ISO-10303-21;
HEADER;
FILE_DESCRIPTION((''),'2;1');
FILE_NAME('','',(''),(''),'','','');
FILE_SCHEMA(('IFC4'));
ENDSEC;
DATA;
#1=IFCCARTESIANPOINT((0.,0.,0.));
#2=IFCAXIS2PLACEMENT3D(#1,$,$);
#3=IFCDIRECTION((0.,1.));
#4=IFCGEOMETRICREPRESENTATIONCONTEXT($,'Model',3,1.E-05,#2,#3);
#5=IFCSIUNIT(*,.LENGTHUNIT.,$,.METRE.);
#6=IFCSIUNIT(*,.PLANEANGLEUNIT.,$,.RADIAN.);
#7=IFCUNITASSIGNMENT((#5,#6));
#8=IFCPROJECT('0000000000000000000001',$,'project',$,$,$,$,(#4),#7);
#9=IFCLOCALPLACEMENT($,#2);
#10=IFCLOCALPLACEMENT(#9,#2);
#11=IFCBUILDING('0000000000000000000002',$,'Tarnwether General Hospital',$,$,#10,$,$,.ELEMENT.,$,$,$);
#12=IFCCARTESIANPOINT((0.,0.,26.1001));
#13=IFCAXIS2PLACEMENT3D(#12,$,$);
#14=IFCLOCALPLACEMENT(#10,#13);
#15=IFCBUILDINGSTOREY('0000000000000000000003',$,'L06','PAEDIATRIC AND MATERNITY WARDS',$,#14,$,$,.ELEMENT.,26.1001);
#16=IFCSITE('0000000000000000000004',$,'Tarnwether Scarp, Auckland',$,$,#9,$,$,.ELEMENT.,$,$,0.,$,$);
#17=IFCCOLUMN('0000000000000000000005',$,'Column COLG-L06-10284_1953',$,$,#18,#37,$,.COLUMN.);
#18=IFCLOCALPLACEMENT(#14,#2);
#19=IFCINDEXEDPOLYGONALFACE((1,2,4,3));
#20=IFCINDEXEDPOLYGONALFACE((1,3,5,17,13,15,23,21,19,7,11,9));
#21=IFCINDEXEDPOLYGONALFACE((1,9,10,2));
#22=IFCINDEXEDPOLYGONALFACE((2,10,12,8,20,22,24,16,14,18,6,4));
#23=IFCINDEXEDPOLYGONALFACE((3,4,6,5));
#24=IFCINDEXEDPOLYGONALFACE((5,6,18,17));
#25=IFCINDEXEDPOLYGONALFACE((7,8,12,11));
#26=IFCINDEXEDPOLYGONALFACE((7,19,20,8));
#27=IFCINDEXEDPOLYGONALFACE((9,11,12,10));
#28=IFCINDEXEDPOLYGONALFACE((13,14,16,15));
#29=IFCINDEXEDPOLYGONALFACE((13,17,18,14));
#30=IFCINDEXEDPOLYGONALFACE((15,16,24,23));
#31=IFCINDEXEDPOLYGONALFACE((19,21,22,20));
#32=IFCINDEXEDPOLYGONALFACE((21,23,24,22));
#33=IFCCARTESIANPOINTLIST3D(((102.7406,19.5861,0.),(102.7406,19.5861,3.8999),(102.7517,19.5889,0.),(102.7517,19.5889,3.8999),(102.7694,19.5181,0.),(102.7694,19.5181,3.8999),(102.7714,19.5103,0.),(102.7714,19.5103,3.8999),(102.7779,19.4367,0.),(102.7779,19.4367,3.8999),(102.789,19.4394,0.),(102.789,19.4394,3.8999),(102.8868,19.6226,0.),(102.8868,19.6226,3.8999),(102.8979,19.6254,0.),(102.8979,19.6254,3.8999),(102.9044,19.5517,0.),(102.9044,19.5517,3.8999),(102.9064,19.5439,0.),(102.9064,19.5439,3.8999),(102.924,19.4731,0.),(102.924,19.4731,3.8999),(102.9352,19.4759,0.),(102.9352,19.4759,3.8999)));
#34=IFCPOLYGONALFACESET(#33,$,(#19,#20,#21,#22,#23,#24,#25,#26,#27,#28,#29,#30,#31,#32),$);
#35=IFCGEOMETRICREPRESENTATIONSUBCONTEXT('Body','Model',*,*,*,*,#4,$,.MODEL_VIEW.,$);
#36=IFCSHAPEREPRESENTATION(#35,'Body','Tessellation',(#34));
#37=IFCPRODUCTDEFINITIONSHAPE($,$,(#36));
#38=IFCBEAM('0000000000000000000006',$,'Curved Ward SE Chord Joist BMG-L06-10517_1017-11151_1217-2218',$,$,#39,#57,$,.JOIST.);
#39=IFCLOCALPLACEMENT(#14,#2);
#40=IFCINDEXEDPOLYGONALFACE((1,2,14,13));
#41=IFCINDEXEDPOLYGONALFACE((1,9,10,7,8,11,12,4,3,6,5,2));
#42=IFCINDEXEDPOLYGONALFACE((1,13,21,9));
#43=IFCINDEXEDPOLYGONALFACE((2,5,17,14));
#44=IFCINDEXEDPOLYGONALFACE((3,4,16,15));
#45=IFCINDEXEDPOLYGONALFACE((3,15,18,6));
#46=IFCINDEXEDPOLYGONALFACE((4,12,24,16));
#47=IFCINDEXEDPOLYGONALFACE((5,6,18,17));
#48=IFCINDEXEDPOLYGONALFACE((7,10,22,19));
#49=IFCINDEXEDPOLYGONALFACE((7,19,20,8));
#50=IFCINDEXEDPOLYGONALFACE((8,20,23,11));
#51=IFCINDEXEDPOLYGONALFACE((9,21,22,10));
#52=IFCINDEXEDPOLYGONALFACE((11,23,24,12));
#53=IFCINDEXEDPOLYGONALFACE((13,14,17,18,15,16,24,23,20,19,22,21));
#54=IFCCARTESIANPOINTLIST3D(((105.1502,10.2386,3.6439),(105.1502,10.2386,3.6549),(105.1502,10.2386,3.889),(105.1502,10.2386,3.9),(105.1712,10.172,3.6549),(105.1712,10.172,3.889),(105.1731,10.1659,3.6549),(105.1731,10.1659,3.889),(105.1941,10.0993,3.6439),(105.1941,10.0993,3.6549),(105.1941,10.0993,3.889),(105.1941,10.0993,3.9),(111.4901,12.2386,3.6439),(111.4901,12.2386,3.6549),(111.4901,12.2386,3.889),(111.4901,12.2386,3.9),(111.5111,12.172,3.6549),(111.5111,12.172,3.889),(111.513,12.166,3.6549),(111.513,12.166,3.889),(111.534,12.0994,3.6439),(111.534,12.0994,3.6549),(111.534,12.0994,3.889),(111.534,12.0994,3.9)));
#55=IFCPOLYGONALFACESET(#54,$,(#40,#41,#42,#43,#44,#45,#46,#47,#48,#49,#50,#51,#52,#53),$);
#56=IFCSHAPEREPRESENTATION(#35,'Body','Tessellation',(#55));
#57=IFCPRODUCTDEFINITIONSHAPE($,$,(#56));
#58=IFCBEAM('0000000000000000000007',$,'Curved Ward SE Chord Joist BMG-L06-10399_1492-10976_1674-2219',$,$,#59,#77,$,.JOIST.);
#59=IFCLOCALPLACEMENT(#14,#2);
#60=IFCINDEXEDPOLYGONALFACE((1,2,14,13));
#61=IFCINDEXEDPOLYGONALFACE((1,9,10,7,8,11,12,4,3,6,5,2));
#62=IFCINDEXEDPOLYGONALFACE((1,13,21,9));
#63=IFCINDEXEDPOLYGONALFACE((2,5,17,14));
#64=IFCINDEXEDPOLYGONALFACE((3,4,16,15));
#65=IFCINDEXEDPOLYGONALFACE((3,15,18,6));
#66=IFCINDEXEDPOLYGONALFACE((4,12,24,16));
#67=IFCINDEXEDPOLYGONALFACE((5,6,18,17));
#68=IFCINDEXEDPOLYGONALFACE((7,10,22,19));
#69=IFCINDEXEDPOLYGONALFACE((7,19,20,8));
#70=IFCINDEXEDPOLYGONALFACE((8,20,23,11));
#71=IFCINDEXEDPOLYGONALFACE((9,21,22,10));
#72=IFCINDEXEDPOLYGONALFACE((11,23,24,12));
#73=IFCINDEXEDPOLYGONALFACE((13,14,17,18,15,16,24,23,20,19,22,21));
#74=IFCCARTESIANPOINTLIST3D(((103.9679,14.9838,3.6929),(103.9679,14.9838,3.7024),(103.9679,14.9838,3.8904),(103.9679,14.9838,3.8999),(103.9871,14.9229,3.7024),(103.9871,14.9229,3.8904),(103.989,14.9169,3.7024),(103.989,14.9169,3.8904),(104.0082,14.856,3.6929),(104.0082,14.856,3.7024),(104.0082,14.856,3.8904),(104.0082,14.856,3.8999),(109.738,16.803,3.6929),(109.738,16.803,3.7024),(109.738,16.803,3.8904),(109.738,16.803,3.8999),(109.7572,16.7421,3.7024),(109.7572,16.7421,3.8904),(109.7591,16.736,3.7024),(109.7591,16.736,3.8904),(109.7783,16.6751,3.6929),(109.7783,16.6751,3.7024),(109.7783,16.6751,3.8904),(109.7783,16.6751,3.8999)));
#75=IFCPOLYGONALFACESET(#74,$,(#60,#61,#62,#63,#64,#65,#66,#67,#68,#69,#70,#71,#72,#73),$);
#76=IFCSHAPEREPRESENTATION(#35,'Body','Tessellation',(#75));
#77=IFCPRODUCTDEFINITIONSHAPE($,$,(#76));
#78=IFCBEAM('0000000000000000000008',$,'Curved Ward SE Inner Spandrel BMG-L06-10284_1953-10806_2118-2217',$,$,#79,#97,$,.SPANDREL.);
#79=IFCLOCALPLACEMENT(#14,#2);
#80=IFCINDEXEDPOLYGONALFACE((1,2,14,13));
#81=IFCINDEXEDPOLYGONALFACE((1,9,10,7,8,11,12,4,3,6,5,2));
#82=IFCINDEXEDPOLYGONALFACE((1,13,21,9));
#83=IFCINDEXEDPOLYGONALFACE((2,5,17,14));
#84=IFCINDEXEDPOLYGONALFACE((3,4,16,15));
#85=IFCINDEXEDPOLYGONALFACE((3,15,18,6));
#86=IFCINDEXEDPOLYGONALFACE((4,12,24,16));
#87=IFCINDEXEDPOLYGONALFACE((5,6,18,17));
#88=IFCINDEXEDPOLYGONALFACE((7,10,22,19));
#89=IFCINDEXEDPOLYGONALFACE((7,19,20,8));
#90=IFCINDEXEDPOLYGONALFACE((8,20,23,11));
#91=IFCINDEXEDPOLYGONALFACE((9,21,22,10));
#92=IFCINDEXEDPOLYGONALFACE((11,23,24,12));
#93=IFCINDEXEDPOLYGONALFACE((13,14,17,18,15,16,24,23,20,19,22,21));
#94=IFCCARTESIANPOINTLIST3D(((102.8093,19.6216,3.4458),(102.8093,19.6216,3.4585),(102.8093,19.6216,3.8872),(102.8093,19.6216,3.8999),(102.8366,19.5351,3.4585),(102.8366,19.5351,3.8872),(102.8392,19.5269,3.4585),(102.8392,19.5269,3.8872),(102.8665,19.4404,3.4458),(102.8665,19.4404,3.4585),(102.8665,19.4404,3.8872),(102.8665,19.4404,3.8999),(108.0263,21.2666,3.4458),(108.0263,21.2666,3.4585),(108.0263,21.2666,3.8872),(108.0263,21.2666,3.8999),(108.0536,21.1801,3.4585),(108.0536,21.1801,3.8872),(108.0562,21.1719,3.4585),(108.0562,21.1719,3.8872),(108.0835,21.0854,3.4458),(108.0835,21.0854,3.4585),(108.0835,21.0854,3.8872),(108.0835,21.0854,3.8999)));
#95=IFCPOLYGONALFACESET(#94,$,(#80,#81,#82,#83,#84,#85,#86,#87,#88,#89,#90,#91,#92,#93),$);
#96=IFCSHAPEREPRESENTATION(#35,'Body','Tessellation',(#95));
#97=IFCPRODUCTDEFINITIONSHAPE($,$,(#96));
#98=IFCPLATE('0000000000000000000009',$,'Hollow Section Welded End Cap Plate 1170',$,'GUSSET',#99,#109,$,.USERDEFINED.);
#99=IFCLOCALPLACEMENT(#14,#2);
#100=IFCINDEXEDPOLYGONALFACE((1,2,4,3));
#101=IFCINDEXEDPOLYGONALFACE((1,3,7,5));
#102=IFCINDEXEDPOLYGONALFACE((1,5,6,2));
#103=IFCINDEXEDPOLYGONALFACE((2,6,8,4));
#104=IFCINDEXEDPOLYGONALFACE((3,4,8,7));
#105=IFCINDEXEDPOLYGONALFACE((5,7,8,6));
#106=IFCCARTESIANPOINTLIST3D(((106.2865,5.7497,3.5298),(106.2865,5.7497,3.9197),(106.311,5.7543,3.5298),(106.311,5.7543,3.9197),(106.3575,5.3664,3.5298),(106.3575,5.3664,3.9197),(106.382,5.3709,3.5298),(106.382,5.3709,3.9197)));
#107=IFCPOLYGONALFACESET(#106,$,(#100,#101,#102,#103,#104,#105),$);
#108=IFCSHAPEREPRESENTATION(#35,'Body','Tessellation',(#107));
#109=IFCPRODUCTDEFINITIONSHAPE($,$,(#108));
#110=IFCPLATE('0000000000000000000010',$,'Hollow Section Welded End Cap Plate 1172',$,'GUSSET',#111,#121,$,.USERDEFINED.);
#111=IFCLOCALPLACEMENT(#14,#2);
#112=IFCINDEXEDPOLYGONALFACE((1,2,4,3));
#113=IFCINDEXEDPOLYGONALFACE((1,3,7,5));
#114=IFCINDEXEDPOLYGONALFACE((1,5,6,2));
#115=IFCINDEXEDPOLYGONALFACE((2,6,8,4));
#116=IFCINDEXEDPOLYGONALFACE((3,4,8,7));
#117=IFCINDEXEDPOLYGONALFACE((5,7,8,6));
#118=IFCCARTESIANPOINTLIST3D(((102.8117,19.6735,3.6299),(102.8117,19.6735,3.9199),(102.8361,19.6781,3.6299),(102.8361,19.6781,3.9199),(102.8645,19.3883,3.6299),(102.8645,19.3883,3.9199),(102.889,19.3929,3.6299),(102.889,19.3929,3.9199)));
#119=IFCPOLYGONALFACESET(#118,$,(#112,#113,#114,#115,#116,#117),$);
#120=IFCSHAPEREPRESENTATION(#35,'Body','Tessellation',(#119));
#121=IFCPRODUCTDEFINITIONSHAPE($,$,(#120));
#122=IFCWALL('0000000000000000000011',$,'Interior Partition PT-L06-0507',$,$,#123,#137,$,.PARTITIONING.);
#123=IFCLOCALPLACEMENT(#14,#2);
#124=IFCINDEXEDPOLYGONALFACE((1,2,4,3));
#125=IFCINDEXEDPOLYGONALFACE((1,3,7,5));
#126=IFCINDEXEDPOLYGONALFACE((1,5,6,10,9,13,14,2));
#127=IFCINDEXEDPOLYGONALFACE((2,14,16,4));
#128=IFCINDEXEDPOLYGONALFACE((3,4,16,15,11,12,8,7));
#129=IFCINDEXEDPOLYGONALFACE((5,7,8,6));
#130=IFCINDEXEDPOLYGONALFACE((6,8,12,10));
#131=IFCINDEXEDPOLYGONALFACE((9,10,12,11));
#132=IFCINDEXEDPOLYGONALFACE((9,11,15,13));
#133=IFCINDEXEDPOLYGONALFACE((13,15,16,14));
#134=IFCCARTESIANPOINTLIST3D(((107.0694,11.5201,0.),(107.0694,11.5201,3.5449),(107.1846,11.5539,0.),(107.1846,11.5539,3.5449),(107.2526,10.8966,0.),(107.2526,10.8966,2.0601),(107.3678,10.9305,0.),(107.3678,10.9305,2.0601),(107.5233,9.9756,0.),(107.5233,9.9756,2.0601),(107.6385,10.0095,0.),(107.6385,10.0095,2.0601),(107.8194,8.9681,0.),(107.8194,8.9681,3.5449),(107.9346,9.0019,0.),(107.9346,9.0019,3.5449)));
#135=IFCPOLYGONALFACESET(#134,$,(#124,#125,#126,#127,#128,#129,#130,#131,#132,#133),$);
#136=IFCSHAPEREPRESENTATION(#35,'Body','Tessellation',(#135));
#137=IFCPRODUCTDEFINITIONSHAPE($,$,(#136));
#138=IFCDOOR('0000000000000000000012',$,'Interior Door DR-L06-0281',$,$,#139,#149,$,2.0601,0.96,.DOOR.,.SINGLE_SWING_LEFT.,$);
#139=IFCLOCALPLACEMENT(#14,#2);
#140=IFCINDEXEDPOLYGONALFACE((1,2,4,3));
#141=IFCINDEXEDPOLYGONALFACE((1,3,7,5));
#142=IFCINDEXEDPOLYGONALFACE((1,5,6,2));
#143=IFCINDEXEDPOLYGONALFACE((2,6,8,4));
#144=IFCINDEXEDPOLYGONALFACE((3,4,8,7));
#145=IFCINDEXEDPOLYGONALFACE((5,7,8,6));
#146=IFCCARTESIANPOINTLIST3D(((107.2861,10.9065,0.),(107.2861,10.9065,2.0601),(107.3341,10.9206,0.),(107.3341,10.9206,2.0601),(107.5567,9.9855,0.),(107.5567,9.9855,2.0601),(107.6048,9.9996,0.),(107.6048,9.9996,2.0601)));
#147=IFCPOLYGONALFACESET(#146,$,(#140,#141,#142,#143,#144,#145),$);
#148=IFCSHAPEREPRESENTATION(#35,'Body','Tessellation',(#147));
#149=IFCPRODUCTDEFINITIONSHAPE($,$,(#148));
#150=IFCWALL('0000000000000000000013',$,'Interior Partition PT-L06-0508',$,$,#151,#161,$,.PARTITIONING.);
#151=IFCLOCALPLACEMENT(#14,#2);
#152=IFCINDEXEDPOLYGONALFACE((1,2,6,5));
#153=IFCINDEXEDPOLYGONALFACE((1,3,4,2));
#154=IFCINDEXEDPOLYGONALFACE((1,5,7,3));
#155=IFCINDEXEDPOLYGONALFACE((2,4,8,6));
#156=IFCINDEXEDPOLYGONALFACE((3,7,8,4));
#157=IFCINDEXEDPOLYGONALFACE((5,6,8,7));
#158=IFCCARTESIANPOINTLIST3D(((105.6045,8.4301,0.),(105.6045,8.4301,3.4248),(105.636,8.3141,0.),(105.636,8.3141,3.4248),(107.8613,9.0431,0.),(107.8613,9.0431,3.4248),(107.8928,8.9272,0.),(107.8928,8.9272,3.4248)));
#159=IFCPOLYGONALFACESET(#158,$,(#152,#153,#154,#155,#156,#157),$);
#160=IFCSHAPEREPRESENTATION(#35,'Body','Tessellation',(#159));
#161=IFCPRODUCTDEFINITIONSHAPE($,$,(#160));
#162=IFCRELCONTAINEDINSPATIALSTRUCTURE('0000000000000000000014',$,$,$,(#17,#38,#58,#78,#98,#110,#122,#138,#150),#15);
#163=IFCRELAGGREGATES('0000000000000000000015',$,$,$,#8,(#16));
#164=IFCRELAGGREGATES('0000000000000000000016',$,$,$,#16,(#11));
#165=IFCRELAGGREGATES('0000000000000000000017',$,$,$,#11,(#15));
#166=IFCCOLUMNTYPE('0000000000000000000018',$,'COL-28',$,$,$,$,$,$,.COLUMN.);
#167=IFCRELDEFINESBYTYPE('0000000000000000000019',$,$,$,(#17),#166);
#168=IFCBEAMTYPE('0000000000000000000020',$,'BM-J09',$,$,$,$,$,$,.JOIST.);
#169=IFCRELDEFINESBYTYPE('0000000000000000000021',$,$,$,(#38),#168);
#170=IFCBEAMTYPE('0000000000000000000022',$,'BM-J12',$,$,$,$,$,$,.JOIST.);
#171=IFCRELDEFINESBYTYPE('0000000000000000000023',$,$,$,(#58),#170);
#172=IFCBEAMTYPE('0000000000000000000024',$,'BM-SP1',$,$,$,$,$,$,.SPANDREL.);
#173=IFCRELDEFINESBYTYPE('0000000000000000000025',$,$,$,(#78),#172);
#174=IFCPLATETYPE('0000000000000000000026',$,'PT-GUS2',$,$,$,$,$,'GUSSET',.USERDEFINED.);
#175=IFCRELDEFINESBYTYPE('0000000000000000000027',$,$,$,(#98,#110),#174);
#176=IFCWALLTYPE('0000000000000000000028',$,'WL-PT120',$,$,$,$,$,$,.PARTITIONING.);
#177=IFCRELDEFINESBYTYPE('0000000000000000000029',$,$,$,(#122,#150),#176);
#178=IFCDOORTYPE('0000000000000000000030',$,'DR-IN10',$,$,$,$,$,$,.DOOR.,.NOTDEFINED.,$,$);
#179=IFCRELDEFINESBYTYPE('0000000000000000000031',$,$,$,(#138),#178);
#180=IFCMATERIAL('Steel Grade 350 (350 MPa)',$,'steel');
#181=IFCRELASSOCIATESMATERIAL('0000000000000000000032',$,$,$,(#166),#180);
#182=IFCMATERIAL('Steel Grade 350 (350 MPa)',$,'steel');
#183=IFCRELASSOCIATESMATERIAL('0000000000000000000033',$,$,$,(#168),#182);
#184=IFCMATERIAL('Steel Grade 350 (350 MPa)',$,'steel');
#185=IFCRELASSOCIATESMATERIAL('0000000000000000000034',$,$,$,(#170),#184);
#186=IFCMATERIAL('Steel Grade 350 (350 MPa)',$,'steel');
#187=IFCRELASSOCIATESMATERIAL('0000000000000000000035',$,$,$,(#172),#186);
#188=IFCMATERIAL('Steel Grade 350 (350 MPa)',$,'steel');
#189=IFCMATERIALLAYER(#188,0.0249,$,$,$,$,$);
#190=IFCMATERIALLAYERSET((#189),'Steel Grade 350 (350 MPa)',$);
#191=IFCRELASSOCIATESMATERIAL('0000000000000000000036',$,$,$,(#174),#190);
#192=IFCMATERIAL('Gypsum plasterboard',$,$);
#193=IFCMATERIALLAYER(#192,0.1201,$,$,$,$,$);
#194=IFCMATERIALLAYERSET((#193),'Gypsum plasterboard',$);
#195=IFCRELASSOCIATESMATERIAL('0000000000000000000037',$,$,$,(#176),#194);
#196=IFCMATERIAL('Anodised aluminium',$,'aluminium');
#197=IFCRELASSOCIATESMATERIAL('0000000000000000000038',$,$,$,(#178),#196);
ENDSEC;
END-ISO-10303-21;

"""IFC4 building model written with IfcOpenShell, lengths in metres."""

from ifc_helpers import new_model, si_unit, direction, frame, frame_2d, origin, origin_2d, place, context, subcontext, project, spatial, rectangle, i_section, extrude, material, layer, layer_set, material_profile, profile_set, type_object, element, fill, save


model = new_model("IFC4")

# Units and contexts
model_context = context("Model", 3, precision=1e-05, world=origin(), true_north=direction((0.0, 1.0)))
body_context = subcontext(model_context, "Body", "Model", "MODEL_VIEW")
ifc_project = project(units=[si_unit("LENGTHUNIT", "METRE"), si_unit("PLANEANGLEUNIT", "RADIAN")], contexts=[model_context])

# Site, building, storey
site_placement = place(None, origin())
site = spatial("IfcSite", under=ifc_project, at=site_placement, Name="Tarnwether Scarp, Auckland", CompositionType="ELEMENT", RefElevation=0.0)
building_placement = place(site_placement, origin())
building = spatial("IfcBuilding", under=site, at=building_placement, Name="Tarnwether General Hospital", CompositionType="ELEMENT")
storey_placement = place(building_placement, frame((0.0, 0.0, 26.1001)))
storey = spatial("IfcBuildingStorey", under=building, at=storey_placement, Name="L06", Description="PAEDIATRIC AND MATERNITY WARDS", CompositionType="ELEMENT", Elevation=26.1001)

# Column
ifc_material_1 = material(Name="Steel Grade 350 (350 MPa)", Category="steel")
ifc_material_profile_1 = material_profile(ifc_material_1, i_section(OverallWidth=0.1541, OverallDepth=0.1621, WebThickness=0.0081, FlangeThickness=0.0115, at=origin_2d()), Name="150UC37.2")
ifc_profile_set_1 = profile_set([ifc_material_profile_1], Name="Steel Grade 350 (350 MPa)")
column_type = type_object("IfcColumnType", Name="COL-28", PredefinedType="COLUMN", material=ifc_profile_set_1)
column_placement = place(storey_placement, frame((102.8379, 19.531, 0.0), z_axis=(0.0, 0.0, 1.0), x_axis=(-0.241922, 0.970296, 0.0)))
element("IfcColumn", 1, at=column_placement, inside=storey, type_object=column_type, Name="Column COLG-L06-10284_1953", PredefinedType="COLUMN", context=body_context, shape_type="SweptSolid", body=[
    extrude(i_section(OverallWidth=0.1541, OverallDepth=0.1621, WebThickness=0.0081, FlangeThickness=0.0115, at=origin_2d()), origin(), (0.0, 0.0, 1.0), 3.8999),
])

# Beams
ifc_material_2 = material(Name="Steel Grade 350 (350 MPa)", Category="steel")
ifc_material_profile_2 = material_profile(ifc_material_2, i_section(OverallWidth=0.146, OverallDepth=0.2561, WebThickness=0.0063, FlangeThickness=0.011, at=origin_2d()), Name="250UB37.3")
ifc_profile_set_2 = profile_set([ifc_material_profile_2], Name="Steel Grade 350 (350 MPa)")
beam_type_1 = type_object("IfcBeamType", Name="BM-J09", PredefinedType="JOIST", material=ifc_profile_set_2)
beam_1_placement = place(storey_placement, frame((105.1721, 10.1689, 3.772), z_axis=(0.953671, 0.30085, 0.0), x_axis=(-0.30085, 0.953671, 0.0)))
element("IfcBeam", 2, at=beam_1_placement, inside=storey, type_object=beam_type_1, Name="Curved Ward SE Chord Joist BMG-L06-10517_1017-11151_1217-2218", PredefinedType="JOIST", context=body_context, shape_type="SweptSolid", body=[
    extrude(i_section(OverallWidth=0.146, OverallDepth=0.2561, WebThickness=0.0063, FlangeThickness=0.011, at=origin_2d()), origin(), (0.0, 0.0, 1.0), 6.6479),
])
ifc_material_3 = material(Name="Steel Grade 350 (350 MPa)", Category="steel")
ifc_material_profile_3 = material_profile(ifc_material_3, i_section(OverallWidth=0.134, OverallDepth=0.207, WebThickness=0.0063, FlangeThickness=0.0095, at=origin_2d()), Name="200UB29.8")
ifc_profile_set_3 = profile_set([ifc_material_profile_3], Name="Steel Grade 350 (350 MPa)")
beam_type_2 = type_object("IfcBeamType", Name="BM-J12", PredefinedType="JOIST", material=ifc_profile_set_3)
beam_2_placement = place(storey_placement, frame((103.988, 14.9199, 3.7964), z_axis=(0.953726, 0.300677, 0.0), x_axis=(-0.300677, 0.953726, 0.0)))
element("IfcBeam", 3, at=beam_2_placement, inside=storey, type_object=beam_type_2, Name="Curved Ward SE Chord Joist BMG-L06-10399_1492-10976_1674-2219", PredefinedType="JOIST", context=body_context, shape_type="SweptSolid", body=[
    extrude(i_section(OverallWidth=0.134, OverallDepth=0.207, WebThickness=0.0063, FlangeThickness=0.0095, at=origin_2d()), origin(), (0.0, 0.0, 1.0), 6.05),
])
ifc_material_4 = material(Name="Steel Grade 350 (350 MPa)", Category="steel")
ifc_material_profile_4 = material_profile(ifc_material_4, i_section(OverallWidth=0.1899, OverallDepth=0.4541, WebThickness=0.0085, FlangeThickness=0.0127, at=origin_2d()), Name="460UB67.1")
ifc_profile_set_4 = profile_set([ifc_material_profile_4], Name="Steel Grade 350 (350 MPa)")
beam_type_3 = type_object("IfcBeamType", Name="BM-SP1", PredefinedType="SPANDREL", material=ifc_profile_set_4)
beam_3_placement = place(storey_placement, frame((102.8379, 19.531, 3.6729), z_axis=(0.953712, 0.300721, 0.0), x_axis=(-0.300721, 0.953712, 0.0)))
element("IfcBeam", 4, at=beam_3_placement, inside=storey, type_object=beam_type_3, Name="Curved Ward SE Inner Spandrel BMG-L06-10284_1953-10806_2118-2217", PredefinedType="SPANDREL", context=body_context, shape_type="SweptSolid", body=[
    extrude(i_section(OverallWidth=0.1899, OverallDepth=0.4541, WebThickness=0.0085, FlangeThickness=0.0127, at=origin_2d()), origin(), (0.0, 0.0, 1.0), 5.4702),
])

# Plates
ifc_material_5 = material(Name="Steel Grade 350 (350 MPa)", Category="steel")
ifc_layer_1 = layer(ifc_material_5, 0.0249)
ifc_layer_set_1 = layer_set([ifc_layer_1], Name="Steel Grade 350 (350 MPa)")
plate_type = type_object("IfcPlateType", Name="PT-GUS2", ElementType="GUSSET", PredefinedType="USERDEFINED", material=ifc_layer_set_1)
plate_1_placement = place(storey_placement, frame((106.3342, 5.5603, 3.5298), z_axis=(0.0, 0.0, 1.0), x_axis=(0.983261, 0.182201, 0.0)))
element("IfcPlate", 5, at=plate_1_placement, inside=storey, type_object=plate_type, Name="Hollow Section Welded End Cap Plate 1170", ObjectType="GUSSET", PredefinedType="USERDEFINED", context=body_context, shape_type="SweptSolid", body=[
    extrude(rectangle(XDim=0.0249, YDim=0.3899, at=origin_2d()), origin(), (0.0, 0.0, 1.0), 0.3899),
])
plate_2_placement = place(storey_placement, frame((102.8503, 19.5332, 3.6299), z_axis=(0.0, 0.0, 1.0), x_axis=(0.983245, 0.182287, 0.0)))
element("IfcPlate", 6, at=plate_2_placement, inside=storey, type_object=plate_type, Name="Hollow Section Welded End Cap Plate 1172", ObjectType="GUSSET", PredefinedType="USERDEFINED", context=body_context, shape_type="SweptSolid", body=[
    extrude(rectangle(XDim=0.0249, YDim=0.29, at=origin_2d()), origin(), (0.0, 0.0, 1.0), 0.29),
])

# Wall, opening, door
ifc_material_6 = material(Name="Gypsum plasterboard")
ifc_layer_2 = layer(ifc_material_6, 0.1201)
ifc_layer_set_2 = layer_set([ifc_layer_2], Name="Gypsum plasterboard")
wall_type_1 = type_object("IfcWallType", Name="WL-PT120", PredefinedType="PARTITIONING", material=ifc_layer_set_2)
wall_1_placement = place(storey_placement, frame((107.127, 11.5371, 0.0), z_axis=(0.0, 0.0, 1.0), x_axis=(0.281963, -0.959425, 0.0)))
wall_1 = element("IfcWall", 7, at=wall_1_placement, inside=storey, type_object=wall_type_1, Name="Interior Partition PT-L06-0507", PredefinedType="PARTITIONING", context=body_context, shape_type="SweptSolid", body=[
    extrude(rectangle(XDim=2.6599, YDim=0.1201, at=frame_2d((1.3301, 0.0))), origin(), (0.0, 0.0, 1.0), 3.5449),
])
opening_1_placement = place(wall_1_placement, frame((0.6499, 0.0, 0.0)))
opening_1 = element("IfcOpeningElement", 8, at=opening_1_placement, cuts=wall_1, PredefinedType="OPENING", context=body_context, shape_type="SweptSolid", body=[
    extrude(rectangle(XDim=0.96, YDim=2.0601, at=frame_2d((0.48, 1.03))), frame((0.0, 0.0701, 0.0), z_axis=(0.0, -1.0, 0.0), x_axis=(1.0, 0.0, 0.0)), (0.0, 0.0, 1.0), 0.1401),
])
ifc_material_7 = material(Name="Anodised aluminium", Category="aluminium")
door_type_1 = type_object("IfcDoorType", Name="DR-IN10", OperationType="NOTDEFINED", PredefinedType="DOOR", material=ifc_material_7)
door_1_placement = place(opening_1_placement, origin())
door_1 = element("IfcDoor", 9, at=door_1_placement, inside=storey, type_object=door_type_1, Name="Interior Door DR-L06-0281", OperationType="SINGLE_SWING_LEFT", OverallHeight=2.0601, OverallWidth=0.96, PredefinedType="DOOR", context=body_context, shape_type="SweptSolid", body=[
    extrude(rectangle(XDim=0.96, YDim=2.0601, at=frame_2d((0.48, 1.03))), frame((0.0, 0.0249, 0.0), z_axis=(0.0, -1.0, 0.0), x_axis=(1.0, 0.0, 0.0)), (0.0, 0.0, 1.0), 0.05),
])
fill(opening_1, door_1)

# Wall
wall_2_placement = place(storey_placement, frame((105.6201, 8.3721, 0.0), z_axis=(0.0, 0.0, 1.0), x_axis=(0.965031, 0.262137, 0.0)))
element("IfcWall", 10, at=wall_2_placement, inside=storey, type_object=wall_type_1, Name="Interior Partition PT-L06-0508", PredefinedType="PARTITIONING", context=body_context, shape_type="SweptSolid", body=[
    extrude(rectangle(XDim=2.3386, YDim=0.1201, at=frame_2d((1.1694, 0.0))), origin(), (0.0, 0.0, 1.0), 3.4248),
])

save(model, "model.ifc")
